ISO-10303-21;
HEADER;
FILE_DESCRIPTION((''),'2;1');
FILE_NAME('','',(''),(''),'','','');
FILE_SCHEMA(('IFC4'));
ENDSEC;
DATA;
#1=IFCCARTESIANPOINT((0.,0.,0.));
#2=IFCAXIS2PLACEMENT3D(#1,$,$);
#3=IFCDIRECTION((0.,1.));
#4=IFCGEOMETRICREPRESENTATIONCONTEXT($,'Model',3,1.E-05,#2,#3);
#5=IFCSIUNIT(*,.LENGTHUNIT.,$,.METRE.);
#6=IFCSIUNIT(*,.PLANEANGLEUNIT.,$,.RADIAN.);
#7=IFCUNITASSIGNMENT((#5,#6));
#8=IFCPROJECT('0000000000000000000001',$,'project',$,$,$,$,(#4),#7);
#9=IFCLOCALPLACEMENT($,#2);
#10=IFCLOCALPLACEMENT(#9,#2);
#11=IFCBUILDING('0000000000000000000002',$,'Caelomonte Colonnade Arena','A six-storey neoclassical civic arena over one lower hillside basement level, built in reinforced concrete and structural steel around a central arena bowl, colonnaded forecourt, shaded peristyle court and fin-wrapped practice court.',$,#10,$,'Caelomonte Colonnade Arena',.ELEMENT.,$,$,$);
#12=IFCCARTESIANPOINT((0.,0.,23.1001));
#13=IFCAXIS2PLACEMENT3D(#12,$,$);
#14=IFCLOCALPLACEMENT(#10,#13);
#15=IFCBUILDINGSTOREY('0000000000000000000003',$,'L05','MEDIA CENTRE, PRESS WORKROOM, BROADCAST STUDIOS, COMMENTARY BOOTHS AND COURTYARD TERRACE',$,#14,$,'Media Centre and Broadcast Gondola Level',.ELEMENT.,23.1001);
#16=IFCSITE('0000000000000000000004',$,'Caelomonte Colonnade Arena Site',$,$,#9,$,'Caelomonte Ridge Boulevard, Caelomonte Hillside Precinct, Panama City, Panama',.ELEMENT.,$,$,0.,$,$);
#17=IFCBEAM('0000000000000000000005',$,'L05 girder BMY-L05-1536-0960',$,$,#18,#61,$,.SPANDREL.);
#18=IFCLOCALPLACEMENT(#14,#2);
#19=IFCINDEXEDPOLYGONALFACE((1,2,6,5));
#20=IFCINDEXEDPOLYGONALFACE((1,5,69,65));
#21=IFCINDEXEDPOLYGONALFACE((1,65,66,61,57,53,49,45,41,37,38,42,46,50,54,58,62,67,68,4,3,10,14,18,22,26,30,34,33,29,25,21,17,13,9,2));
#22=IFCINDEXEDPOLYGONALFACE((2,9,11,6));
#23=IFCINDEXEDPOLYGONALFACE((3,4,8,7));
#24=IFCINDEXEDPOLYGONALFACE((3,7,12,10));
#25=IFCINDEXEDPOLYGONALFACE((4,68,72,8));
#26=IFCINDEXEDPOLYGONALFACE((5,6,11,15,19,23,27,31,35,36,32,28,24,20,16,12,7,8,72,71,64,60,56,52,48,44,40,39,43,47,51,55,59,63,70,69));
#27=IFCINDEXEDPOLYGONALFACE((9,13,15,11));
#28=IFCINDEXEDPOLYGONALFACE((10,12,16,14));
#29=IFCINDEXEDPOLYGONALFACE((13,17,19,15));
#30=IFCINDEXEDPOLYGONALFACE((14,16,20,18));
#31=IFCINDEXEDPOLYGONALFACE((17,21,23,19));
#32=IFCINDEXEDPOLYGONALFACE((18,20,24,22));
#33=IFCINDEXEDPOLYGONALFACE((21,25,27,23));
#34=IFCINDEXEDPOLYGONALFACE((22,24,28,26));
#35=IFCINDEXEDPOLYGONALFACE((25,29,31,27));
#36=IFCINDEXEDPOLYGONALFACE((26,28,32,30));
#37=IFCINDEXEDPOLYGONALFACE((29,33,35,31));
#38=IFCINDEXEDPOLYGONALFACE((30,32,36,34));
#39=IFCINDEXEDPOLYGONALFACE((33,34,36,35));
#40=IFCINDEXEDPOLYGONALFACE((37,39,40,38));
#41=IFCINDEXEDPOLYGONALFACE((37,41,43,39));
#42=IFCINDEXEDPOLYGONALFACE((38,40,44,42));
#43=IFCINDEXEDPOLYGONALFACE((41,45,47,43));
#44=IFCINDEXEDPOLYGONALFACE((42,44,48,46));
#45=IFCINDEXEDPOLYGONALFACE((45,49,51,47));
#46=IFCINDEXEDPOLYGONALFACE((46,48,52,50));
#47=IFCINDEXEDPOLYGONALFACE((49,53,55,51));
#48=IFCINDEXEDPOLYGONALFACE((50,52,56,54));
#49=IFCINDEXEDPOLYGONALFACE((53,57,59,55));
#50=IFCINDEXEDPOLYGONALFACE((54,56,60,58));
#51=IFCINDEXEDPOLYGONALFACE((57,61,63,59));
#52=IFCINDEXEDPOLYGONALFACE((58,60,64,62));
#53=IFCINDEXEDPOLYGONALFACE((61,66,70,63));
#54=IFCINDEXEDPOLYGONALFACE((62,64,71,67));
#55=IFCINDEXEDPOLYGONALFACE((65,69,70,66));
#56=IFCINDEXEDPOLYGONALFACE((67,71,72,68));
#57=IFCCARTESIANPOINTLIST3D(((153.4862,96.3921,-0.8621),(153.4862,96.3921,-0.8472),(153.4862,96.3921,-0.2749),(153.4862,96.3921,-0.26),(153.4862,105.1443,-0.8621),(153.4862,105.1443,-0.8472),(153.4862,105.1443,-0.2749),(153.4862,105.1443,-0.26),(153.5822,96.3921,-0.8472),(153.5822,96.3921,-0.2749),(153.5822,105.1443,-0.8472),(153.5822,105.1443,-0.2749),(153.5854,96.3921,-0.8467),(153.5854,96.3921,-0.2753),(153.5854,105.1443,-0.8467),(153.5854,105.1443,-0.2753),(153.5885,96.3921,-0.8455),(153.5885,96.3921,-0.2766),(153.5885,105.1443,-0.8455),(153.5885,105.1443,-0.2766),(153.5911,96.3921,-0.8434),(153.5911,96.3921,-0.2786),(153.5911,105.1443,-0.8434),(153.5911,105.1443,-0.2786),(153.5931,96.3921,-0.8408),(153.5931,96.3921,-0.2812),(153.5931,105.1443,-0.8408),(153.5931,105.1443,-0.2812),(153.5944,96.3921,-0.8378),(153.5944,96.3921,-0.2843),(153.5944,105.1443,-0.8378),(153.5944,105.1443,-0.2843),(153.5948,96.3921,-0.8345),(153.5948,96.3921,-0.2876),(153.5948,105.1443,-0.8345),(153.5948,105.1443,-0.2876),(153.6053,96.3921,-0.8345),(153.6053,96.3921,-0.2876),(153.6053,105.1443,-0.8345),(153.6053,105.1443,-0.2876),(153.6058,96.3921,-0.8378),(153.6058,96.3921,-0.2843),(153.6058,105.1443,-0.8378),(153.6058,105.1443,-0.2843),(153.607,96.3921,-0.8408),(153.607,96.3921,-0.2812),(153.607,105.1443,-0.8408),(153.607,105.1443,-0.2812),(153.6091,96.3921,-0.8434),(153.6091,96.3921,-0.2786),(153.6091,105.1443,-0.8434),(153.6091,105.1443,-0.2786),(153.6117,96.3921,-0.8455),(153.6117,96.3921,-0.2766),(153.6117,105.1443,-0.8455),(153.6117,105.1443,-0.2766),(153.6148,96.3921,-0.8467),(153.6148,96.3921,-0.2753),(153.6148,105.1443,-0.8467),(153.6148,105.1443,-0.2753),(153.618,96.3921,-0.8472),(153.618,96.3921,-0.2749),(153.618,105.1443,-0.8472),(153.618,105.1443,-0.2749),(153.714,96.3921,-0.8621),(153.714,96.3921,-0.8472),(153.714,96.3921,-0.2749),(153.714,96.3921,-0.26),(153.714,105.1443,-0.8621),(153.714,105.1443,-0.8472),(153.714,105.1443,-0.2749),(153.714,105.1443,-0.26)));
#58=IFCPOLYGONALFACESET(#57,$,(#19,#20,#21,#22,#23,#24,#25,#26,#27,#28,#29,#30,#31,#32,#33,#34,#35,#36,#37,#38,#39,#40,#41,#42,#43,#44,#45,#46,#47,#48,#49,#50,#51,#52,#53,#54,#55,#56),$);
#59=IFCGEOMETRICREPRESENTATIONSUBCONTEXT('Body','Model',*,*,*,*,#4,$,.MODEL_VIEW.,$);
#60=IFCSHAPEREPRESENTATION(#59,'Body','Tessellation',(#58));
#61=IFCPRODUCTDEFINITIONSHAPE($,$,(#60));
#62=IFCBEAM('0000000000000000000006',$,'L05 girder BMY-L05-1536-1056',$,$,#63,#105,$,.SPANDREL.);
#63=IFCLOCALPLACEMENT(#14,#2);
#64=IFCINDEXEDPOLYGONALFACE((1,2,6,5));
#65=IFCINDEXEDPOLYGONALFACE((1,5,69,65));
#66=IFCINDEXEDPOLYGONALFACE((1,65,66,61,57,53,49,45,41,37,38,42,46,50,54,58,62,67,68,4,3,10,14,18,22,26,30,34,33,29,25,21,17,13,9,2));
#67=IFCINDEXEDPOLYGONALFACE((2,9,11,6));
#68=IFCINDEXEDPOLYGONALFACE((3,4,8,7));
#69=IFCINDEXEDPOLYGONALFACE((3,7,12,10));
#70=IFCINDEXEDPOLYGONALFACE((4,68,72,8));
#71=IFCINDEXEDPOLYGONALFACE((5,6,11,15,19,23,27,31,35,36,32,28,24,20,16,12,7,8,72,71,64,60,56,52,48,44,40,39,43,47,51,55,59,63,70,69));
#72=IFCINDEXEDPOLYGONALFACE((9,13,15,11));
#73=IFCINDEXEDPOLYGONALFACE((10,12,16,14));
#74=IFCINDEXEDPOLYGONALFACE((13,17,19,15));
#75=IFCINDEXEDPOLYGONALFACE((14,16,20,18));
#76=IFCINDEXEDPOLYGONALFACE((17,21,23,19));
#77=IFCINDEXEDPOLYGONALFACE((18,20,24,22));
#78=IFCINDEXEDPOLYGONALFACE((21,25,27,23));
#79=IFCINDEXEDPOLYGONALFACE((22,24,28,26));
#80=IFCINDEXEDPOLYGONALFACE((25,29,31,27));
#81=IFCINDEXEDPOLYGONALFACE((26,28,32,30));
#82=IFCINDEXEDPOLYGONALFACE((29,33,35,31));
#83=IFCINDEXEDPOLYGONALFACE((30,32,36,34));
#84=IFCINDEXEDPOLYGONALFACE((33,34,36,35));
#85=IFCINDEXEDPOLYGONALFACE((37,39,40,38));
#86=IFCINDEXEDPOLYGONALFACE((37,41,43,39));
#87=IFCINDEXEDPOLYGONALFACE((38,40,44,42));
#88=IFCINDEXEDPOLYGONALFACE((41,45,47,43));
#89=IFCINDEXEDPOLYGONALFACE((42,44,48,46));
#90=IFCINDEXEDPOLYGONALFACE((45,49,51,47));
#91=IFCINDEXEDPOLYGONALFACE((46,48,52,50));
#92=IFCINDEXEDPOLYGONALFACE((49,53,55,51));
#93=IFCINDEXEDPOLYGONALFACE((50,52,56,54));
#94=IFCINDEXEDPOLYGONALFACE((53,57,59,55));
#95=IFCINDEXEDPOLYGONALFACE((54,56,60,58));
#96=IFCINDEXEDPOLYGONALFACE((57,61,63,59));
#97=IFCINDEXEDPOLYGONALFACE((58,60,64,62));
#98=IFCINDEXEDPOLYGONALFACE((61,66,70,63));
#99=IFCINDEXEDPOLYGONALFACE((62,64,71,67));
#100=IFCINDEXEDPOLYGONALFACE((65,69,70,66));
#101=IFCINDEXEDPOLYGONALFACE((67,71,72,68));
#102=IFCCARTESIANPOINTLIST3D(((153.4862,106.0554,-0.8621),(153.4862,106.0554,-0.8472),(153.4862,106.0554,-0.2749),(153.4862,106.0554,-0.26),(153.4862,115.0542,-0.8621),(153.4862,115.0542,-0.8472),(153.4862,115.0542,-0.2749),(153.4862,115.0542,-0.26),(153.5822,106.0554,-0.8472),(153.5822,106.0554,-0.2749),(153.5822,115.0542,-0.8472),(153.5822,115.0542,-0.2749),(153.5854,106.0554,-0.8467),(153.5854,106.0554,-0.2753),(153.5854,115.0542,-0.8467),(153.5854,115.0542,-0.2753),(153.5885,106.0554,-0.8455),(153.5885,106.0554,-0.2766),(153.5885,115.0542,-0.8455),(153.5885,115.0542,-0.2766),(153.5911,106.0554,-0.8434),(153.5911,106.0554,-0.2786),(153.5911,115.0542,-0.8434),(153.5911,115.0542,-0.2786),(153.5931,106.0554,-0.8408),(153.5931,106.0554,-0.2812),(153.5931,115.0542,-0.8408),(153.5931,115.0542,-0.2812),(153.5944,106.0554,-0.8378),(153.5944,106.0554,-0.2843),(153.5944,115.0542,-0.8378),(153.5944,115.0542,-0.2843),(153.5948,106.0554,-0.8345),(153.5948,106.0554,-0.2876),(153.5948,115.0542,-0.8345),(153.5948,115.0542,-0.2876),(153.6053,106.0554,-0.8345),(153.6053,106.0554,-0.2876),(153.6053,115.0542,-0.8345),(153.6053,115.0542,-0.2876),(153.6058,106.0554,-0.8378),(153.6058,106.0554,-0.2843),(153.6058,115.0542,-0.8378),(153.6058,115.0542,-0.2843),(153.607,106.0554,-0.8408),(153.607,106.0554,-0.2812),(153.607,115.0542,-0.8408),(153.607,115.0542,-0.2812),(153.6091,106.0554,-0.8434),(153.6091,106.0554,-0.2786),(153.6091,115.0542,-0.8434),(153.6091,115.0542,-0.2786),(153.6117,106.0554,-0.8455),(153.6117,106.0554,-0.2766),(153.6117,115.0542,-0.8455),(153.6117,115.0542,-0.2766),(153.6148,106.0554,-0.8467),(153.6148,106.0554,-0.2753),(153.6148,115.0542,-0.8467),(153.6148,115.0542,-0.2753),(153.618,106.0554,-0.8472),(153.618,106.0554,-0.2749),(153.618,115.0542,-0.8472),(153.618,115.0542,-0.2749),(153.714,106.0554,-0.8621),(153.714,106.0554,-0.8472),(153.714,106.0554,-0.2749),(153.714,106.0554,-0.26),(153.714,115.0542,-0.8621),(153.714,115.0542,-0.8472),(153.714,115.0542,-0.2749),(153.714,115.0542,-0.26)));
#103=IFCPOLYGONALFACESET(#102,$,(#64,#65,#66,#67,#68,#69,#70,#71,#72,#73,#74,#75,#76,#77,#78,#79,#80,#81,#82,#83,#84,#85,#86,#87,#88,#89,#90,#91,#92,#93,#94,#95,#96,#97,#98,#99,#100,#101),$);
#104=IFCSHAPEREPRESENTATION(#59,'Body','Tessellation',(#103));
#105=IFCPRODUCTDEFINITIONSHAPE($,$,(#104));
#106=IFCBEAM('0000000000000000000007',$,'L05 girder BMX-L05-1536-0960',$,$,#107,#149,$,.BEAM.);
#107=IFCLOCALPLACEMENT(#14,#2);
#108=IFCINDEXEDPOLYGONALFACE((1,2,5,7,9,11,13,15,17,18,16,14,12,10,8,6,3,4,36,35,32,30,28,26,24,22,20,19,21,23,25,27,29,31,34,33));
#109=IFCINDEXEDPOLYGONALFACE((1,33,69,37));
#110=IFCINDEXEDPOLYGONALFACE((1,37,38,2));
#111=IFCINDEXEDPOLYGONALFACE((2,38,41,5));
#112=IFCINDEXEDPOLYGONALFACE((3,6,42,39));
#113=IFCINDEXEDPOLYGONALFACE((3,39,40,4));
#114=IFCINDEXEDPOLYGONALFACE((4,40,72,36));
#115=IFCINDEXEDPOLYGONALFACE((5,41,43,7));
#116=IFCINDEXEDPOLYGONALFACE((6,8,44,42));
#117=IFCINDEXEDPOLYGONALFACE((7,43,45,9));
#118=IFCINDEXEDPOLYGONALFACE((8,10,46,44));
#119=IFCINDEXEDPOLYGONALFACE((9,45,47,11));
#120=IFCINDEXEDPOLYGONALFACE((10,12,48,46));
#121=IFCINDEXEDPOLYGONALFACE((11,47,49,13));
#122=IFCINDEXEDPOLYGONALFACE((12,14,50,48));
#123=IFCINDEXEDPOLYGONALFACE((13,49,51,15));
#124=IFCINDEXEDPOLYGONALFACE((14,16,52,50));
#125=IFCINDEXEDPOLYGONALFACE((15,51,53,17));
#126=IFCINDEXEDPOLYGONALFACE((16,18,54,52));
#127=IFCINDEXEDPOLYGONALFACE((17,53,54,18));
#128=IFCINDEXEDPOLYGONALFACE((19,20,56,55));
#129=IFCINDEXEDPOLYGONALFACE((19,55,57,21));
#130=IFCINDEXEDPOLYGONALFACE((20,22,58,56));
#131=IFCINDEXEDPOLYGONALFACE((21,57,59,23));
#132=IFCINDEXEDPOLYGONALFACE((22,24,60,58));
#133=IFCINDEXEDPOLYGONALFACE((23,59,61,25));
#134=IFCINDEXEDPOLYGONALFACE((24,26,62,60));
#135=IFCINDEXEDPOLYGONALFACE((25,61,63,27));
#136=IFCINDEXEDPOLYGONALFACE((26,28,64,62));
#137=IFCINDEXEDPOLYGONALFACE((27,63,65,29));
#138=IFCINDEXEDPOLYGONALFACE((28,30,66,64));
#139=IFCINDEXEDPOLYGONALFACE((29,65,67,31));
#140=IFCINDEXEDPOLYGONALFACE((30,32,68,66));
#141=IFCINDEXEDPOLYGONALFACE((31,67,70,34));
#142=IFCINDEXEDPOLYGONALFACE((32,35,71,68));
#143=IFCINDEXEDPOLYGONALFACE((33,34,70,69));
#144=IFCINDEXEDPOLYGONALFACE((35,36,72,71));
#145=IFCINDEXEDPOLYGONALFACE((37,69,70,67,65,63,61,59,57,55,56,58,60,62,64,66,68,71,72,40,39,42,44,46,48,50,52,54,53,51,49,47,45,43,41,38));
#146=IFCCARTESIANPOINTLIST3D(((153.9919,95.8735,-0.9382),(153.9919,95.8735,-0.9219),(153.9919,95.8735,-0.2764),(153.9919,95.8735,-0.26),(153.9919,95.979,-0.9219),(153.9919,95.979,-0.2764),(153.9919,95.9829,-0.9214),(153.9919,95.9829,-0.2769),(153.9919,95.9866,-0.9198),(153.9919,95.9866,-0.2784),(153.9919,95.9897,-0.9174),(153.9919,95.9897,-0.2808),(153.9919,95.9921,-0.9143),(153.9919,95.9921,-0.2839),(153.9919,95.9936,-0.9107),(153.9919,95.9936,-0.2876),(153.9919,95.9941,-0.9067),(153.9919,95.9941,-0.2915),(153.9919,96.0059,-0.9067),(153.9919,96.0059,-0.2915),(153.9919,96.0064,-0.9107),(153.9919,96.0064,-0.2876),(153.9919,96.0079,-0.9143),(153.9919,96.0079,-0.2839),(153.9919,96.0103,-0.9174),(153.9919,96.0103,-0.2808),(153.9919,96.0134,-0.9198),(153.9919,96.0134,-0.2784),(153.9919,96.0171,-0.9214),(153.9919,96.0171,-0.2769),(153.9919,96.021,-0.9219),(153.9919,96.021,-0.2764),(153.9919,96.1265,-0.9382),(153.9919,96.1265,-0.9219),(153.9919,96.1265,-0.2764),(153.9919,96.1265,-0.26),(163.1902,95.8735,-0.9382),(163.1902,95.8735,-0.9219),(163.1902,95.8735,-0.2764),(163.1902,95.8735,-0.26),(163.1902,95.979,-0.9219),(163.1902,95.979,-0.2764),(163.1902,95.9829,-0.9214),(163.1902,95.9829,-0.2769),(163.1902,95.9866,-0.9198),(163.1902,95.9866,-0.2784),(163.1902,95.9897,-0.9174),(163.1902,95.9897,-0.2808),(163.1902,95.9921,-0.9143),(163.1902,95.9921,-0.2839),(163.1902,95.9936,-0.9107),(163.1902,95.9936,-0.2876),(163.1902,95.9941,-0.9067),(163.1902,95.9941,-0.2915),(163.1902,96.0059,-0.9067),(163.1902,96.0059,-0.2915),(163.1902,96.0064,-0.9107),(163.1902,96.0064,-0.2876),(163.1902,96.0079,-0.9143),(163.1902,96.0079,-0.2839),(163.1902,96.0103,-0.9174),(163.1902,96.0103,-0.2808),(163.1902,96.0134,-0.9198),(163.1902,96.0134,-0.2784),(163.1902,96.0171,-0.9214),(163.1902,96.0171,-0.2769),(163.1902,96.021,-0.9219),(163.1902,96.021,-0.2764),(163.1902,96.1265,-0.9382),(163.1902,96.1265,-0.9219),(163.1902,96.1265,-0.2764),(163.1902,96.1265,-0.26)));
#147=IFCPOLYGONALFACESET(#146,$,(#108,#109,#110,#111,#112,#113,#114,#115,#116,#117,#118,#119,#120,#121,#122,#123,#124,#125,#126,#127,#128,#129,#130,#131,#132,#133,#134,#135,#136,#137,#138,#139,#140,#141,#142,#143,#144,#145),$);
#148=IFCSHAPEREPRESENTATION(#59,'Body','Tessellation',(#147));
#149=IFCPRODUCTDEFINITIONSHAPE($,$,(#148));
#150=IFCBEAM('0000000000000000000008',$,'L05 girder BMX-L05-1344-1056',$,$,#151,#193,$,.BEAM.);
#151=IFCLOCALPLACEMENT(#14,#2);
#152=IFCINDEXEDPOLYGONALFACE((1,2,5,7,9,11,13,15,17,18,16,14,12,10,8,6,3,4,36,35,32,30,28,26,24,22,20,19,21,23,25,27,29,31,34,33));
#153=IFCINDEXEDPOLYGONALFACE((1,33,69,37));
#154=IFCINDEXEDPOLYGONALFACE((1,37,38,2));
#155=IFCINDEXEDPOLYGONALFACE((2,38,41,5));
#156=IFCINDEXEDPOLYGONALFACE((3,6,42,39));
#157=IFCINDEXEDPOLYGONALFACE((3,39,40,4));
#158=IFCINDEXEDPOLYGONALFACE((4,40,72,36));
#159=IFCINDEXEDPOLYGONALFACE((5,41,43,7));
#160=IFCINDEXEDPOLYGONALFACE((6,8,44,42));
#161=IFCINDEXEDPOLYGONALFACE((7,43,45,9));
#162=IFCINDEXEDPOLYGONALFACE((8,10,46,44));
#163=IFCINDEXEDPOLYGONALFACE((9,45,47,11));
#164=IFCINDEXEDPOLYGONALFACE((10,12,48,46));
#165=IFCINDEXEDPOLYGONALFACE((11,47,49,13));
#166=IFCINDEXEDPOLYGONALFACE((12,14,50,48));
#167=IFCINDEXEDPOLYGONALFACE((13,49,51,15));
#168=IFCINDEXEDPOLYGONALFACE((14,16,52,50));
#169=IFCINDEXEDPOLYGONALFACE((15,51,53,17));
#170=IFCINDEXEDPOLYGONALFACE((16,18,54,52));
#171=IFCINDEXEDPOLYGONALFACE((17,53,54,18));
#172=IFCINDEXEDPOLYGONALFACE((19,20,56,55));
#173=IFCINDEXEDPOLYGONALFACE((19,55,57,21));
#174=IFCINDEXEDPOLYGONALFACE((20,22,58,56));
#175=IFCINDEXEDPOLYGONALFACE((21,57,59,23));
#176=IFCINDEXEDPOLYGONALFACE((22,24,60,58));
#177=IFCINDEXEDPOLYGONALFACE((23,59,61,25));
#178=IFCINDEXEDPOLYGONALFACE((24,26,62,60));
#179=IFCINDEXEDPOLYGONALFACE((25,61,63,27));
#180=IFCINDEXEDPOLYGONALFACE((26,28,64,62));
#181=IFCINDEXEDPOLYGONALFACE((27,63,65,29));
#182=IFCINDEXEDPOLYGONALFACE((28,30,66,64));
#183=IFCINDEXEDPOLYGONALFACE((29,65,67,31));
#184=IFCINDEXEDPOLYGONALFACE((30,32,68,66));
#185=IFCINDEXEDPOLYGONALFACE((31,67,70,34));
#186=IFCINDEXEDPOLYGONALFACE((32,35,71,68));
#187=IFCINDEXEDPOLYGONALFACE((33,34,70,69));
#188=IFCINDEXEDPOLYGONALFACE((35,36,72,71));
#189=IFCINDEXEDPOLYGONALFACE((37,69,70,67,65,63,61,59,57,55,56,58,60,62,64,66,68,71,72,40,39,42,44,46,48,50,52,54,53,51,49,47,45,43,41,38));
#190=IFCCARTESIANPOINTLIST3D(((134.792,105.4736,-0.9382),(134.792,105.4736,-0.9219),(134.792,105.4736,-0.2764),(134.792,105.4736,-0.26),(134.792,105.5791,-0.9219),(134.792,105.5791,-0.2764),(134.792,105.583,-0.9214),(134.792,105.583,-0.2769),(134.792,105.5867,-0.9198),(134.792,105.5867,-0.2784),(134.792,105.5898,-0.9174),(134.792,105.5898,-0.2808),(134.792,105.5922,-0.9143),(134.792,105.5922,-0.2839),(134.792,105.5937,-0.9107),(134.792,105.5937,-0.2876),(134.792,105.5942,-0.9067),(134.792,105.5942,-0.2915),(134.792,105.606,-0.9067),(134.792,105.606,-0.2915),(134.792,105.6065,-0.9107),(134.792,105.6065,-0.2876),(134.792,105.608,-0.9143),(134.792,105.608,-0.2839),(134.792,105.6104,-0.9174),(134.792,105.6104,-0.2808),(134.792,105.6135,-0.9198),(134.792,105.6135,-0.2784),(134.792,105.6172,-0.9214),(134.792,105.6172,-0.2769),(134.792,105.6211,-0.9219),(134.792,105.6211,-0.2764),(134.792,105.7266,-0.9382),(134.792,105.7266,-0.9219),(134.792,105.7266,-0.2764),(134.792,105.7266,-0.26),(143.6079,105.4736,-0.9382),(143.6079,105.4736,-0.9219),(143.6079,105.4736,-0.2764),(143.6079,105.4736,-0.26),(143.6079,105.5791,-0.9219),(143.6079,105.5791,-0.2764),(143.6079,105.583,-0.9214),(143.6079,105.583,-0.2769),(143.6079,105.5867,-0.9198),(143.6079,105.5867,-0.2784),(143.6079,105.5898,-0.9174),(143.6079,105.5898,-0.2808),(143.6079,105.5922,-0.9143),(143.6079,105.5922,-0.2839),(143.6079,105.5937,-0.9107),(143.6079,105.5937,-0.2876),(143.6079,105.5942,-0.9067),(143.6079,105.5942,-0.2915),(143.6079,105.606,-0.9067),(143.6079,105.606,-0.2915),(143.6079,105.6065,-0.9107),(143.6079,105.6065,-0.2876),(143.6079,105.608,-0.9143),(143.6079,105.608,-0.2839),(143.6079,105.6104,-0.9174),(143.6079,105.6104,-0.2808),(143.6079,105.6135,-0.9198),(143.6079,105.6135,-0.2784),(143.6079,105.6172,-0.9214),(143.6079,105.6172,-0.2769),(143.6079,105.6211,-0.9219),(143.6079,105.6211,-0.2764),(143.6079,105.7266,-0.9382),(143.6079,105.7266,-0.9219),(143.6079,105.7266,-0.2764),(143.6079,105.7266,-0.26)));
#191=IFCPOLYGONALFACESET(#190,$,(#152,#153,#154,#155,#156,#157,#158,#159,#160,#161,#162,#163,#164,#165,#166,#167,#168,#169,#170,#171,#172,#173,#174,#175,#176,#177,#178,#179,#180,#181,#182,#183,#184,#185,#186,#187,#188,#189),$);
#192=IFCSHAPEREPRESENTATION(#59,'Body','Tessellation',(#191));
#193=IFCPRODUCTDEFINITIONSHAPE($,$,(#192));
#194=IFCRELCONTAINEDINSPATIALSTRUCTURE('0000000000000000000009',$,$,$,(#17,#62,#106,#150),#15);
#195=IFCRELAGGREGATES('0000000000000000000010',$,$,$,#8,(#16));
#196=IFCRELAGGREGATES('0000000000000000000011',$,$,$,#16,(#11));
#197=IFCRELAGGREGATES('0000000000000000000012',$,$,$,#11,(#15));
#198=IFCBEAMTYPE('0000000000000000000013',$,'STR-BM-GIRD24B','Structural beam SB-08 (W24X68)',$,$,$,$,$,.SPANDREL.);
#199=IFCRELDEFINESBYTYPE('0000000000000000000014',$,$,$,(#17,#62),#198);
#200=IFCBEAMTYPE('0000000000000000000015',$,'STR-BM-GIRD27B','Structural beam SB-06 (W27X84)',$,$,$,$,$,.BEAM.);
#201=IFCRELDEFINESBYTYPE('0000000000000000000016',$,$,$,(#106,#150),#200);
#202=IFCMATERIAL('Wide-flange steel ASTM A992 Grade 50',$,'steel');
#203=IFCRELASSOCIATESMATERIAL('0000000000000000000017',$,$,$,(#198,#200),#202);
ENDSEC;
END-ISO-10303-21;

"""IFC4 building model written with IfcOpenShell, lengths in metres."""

from ifc_helpers import new_model, si_unit, direction, frame, origin, origin_2d, place, context, subcontext, project, spatial, i_section, extrude, material, material_profile, profile_set, type_object, element, save


model = new_model("IFC4")

# Units and contexts
model_context = context("Model", 3, precision=1e-05, world=origin(), true_north=direction((0.0, 1.0)))
body_context = subcontext(model_context, "Body", "Model", "MODEL_VIEW")
ifc_project = project(units=[si_unit("LENGTHUNIT", "METRE"), si_unit("PLANEANGLEUNIT", "RADIAN")], contexts=[model_context])

# Site, building, storey
site_placement = place(None, origin())
site = spatial("IfcSite", under=ifc_project, at=site_placement, Name="Caelomonte Colonnade Arena Site", LongName="Caelomonte Ridge Boulevard, Caelomonte Hillside Precinct, Panama City, Panama", CompositionType="ELEMENT", RefElevation=0.0)
building_placement = place(site_placement, origin())
building = spatial("IfcBuilding", under=site, at=building_placement, Name="Caelomonte Colonnade Arena", Description="A six-storey neoclassical civic arena over one lower hillside basement level, built in reinforced concrete and structural steel around a central arena bowl, colonnaded forecourt, shaded peristyle court and fin-wrapped practice court.", LongName="Caelomonte Colonnade Arena", CompositionType="ELEMENT")
storey_placement = place(building_placement, frame((0.0, 0.0, 23.1001)))
storey = spatial("IfcBuildingStorey", under=building, at=storey_placement, Name="L05", Description="MEDIA CENTRE, PRESS WORKROOM, BROADCAST STUDIOS, COMMENTARY BOOTHS AND COURTYARD TERRACE", LongName="Media Centre and Broadcast Gondola Level", CompositionType="ELEMENT", Elevation=23.1001)

# Shared definitions
ifc_material_1 = material(Name="Wide-flange steel ASTM A992 Grade 50", Category="steel")

# Beams
ifc_material_profile_1 = material_profile(ifc_material_1, i_section(OverallWidth=0.2278, OverallDepth=0.6021, WebThickness=0.0105, FlangeThickness=0.0149, FilletRadius=0.0127, at=origin_2d()), Name="W24X68")
ifc_profile_set_1 = profile_set([ifc_material_profile_1], Name="Wide-flange steel ASTM A992 Grade 50")
beam_type_1 = type_object("IfcBeamType", Name="STR-BM-GIRD24B", Description="Structural beam SB-08 (W24X68)", PredefinedType="SPANDREL", material=ifc_profile_set_1)
beam_1_placement = place(storey_placement, frame((153.6001, 96.3921, -0.561), z_axis=(0.0, 1.0, 0.0), x_axis=(-1.0, 0.0, 0.0)))
element("IfcBeam", 1, at=beam_1_placement, inside=storey, type_object=beam_type_1, Name="L05 girder BMY-L05-1536-0960", PredefinedType="SPANDREL", context=body_context, shape_type="SweptSolid", body=[
    extrude(i_section(OverallWidth=0.2278, OverallDepth=0.6021, WebThickness=0.0105, FlangeThickness=0.0149, FilletRadius=0.0127, at=origin_2d()), origin(), (0.0, 0.0, 1.0), 8.7522),
])
beam_2_placement = place(storey_placement, frame((153.6001, 106.0554, -0.561), z_axis=(0.0, 1.0, 0.0), x_axis=(-1.0, 0.0, 0.0)))
element("IfcBeam", 2, at=beam_2_placement, inside=storey, type_object=beam_type_1, Name="L05 girder BMY-L05-1536-1056", PredefinedType="SPANDREL", context=body_context, shape_type="SweptSolid", body=[
    extrude(i_section(OverallWidth=0.2278, OverallDepth=0.6021, WebThickness=0.0105, FlangeThickness=0.0149, FilletRadius=0.0127, at=origin_2d()), origin(), (0.0, 0.0, 1.0), 8.9988),
])
ifc_material_profile_2 = material_profile(ifc_material_1, i_section(OverallWidth=0.2529, OverallDepth=0.6782, WebThickness=0.0117, FlangeThickness=0.0164, FilletRadius=0.0151, at=origin_2d()), Name="W27X84")
ifc_profile_set_2 = profile_set([ifc_material_profile_2], Name="Wide-flange steel ASTM A992 Grade 50")
beam_type_2 = type_object("IfcBeamType", Name="STR-BM-GIRD27B", Description="Structural beam SB-06 (W27X84)", PredefinedType="BEAM", material=ifc_profile_set_2)
beam_3_placement = place(storey_placement, frame((153.9919, 96.0, -0.5991), z_axis=(1.0, 0.0, 0.0), x_axis=(0.0, 1.0, 0.0)))
element("IfcBeam", 3, at=beam_3_placement, inside=storey, type_object=beam_type_2, Name="L05 girder BMX-L05-1536-0960", PredefinedType="BEAM", context=body_context, shape_type="SweptSolid", body=[
    extrude(i_section(OverallWidth=0.2529, OverallDepth=0.6782, WebThickness=0.0117, FlangeThickness=0.0164, FilletRadius=0.0151, at=origin_2d()), origin(), (0.0, 0.0, 1.0), 9.1982),
])
beam_4_placement = place(storey_placement, frame((134.792, 105.6001, -0.5991), z_axis=(1.0, 0.0, 0.0), x_axis=(0.0, 1.0, 0.0)))
element("IfcBeam", 4, at=beam_4_placement, inside=storey, type_object=beam_type_2, Name="L05 girder BMX-L05-1344-1056", PredefinedType="BEAM", context=body_context, shape_type="SweptSolid", body=[
    extrude(i_section(OverallWidth=0.2529, OverallDepth=0.6782, WebThickness=0.0117, FlangeThickness=0.0164, FilletRadius=0.0151, at=origin_2d()), origin(), (0.0, 0.0, 1.0), 8.8159),
])

save(model, "model.ifc")
